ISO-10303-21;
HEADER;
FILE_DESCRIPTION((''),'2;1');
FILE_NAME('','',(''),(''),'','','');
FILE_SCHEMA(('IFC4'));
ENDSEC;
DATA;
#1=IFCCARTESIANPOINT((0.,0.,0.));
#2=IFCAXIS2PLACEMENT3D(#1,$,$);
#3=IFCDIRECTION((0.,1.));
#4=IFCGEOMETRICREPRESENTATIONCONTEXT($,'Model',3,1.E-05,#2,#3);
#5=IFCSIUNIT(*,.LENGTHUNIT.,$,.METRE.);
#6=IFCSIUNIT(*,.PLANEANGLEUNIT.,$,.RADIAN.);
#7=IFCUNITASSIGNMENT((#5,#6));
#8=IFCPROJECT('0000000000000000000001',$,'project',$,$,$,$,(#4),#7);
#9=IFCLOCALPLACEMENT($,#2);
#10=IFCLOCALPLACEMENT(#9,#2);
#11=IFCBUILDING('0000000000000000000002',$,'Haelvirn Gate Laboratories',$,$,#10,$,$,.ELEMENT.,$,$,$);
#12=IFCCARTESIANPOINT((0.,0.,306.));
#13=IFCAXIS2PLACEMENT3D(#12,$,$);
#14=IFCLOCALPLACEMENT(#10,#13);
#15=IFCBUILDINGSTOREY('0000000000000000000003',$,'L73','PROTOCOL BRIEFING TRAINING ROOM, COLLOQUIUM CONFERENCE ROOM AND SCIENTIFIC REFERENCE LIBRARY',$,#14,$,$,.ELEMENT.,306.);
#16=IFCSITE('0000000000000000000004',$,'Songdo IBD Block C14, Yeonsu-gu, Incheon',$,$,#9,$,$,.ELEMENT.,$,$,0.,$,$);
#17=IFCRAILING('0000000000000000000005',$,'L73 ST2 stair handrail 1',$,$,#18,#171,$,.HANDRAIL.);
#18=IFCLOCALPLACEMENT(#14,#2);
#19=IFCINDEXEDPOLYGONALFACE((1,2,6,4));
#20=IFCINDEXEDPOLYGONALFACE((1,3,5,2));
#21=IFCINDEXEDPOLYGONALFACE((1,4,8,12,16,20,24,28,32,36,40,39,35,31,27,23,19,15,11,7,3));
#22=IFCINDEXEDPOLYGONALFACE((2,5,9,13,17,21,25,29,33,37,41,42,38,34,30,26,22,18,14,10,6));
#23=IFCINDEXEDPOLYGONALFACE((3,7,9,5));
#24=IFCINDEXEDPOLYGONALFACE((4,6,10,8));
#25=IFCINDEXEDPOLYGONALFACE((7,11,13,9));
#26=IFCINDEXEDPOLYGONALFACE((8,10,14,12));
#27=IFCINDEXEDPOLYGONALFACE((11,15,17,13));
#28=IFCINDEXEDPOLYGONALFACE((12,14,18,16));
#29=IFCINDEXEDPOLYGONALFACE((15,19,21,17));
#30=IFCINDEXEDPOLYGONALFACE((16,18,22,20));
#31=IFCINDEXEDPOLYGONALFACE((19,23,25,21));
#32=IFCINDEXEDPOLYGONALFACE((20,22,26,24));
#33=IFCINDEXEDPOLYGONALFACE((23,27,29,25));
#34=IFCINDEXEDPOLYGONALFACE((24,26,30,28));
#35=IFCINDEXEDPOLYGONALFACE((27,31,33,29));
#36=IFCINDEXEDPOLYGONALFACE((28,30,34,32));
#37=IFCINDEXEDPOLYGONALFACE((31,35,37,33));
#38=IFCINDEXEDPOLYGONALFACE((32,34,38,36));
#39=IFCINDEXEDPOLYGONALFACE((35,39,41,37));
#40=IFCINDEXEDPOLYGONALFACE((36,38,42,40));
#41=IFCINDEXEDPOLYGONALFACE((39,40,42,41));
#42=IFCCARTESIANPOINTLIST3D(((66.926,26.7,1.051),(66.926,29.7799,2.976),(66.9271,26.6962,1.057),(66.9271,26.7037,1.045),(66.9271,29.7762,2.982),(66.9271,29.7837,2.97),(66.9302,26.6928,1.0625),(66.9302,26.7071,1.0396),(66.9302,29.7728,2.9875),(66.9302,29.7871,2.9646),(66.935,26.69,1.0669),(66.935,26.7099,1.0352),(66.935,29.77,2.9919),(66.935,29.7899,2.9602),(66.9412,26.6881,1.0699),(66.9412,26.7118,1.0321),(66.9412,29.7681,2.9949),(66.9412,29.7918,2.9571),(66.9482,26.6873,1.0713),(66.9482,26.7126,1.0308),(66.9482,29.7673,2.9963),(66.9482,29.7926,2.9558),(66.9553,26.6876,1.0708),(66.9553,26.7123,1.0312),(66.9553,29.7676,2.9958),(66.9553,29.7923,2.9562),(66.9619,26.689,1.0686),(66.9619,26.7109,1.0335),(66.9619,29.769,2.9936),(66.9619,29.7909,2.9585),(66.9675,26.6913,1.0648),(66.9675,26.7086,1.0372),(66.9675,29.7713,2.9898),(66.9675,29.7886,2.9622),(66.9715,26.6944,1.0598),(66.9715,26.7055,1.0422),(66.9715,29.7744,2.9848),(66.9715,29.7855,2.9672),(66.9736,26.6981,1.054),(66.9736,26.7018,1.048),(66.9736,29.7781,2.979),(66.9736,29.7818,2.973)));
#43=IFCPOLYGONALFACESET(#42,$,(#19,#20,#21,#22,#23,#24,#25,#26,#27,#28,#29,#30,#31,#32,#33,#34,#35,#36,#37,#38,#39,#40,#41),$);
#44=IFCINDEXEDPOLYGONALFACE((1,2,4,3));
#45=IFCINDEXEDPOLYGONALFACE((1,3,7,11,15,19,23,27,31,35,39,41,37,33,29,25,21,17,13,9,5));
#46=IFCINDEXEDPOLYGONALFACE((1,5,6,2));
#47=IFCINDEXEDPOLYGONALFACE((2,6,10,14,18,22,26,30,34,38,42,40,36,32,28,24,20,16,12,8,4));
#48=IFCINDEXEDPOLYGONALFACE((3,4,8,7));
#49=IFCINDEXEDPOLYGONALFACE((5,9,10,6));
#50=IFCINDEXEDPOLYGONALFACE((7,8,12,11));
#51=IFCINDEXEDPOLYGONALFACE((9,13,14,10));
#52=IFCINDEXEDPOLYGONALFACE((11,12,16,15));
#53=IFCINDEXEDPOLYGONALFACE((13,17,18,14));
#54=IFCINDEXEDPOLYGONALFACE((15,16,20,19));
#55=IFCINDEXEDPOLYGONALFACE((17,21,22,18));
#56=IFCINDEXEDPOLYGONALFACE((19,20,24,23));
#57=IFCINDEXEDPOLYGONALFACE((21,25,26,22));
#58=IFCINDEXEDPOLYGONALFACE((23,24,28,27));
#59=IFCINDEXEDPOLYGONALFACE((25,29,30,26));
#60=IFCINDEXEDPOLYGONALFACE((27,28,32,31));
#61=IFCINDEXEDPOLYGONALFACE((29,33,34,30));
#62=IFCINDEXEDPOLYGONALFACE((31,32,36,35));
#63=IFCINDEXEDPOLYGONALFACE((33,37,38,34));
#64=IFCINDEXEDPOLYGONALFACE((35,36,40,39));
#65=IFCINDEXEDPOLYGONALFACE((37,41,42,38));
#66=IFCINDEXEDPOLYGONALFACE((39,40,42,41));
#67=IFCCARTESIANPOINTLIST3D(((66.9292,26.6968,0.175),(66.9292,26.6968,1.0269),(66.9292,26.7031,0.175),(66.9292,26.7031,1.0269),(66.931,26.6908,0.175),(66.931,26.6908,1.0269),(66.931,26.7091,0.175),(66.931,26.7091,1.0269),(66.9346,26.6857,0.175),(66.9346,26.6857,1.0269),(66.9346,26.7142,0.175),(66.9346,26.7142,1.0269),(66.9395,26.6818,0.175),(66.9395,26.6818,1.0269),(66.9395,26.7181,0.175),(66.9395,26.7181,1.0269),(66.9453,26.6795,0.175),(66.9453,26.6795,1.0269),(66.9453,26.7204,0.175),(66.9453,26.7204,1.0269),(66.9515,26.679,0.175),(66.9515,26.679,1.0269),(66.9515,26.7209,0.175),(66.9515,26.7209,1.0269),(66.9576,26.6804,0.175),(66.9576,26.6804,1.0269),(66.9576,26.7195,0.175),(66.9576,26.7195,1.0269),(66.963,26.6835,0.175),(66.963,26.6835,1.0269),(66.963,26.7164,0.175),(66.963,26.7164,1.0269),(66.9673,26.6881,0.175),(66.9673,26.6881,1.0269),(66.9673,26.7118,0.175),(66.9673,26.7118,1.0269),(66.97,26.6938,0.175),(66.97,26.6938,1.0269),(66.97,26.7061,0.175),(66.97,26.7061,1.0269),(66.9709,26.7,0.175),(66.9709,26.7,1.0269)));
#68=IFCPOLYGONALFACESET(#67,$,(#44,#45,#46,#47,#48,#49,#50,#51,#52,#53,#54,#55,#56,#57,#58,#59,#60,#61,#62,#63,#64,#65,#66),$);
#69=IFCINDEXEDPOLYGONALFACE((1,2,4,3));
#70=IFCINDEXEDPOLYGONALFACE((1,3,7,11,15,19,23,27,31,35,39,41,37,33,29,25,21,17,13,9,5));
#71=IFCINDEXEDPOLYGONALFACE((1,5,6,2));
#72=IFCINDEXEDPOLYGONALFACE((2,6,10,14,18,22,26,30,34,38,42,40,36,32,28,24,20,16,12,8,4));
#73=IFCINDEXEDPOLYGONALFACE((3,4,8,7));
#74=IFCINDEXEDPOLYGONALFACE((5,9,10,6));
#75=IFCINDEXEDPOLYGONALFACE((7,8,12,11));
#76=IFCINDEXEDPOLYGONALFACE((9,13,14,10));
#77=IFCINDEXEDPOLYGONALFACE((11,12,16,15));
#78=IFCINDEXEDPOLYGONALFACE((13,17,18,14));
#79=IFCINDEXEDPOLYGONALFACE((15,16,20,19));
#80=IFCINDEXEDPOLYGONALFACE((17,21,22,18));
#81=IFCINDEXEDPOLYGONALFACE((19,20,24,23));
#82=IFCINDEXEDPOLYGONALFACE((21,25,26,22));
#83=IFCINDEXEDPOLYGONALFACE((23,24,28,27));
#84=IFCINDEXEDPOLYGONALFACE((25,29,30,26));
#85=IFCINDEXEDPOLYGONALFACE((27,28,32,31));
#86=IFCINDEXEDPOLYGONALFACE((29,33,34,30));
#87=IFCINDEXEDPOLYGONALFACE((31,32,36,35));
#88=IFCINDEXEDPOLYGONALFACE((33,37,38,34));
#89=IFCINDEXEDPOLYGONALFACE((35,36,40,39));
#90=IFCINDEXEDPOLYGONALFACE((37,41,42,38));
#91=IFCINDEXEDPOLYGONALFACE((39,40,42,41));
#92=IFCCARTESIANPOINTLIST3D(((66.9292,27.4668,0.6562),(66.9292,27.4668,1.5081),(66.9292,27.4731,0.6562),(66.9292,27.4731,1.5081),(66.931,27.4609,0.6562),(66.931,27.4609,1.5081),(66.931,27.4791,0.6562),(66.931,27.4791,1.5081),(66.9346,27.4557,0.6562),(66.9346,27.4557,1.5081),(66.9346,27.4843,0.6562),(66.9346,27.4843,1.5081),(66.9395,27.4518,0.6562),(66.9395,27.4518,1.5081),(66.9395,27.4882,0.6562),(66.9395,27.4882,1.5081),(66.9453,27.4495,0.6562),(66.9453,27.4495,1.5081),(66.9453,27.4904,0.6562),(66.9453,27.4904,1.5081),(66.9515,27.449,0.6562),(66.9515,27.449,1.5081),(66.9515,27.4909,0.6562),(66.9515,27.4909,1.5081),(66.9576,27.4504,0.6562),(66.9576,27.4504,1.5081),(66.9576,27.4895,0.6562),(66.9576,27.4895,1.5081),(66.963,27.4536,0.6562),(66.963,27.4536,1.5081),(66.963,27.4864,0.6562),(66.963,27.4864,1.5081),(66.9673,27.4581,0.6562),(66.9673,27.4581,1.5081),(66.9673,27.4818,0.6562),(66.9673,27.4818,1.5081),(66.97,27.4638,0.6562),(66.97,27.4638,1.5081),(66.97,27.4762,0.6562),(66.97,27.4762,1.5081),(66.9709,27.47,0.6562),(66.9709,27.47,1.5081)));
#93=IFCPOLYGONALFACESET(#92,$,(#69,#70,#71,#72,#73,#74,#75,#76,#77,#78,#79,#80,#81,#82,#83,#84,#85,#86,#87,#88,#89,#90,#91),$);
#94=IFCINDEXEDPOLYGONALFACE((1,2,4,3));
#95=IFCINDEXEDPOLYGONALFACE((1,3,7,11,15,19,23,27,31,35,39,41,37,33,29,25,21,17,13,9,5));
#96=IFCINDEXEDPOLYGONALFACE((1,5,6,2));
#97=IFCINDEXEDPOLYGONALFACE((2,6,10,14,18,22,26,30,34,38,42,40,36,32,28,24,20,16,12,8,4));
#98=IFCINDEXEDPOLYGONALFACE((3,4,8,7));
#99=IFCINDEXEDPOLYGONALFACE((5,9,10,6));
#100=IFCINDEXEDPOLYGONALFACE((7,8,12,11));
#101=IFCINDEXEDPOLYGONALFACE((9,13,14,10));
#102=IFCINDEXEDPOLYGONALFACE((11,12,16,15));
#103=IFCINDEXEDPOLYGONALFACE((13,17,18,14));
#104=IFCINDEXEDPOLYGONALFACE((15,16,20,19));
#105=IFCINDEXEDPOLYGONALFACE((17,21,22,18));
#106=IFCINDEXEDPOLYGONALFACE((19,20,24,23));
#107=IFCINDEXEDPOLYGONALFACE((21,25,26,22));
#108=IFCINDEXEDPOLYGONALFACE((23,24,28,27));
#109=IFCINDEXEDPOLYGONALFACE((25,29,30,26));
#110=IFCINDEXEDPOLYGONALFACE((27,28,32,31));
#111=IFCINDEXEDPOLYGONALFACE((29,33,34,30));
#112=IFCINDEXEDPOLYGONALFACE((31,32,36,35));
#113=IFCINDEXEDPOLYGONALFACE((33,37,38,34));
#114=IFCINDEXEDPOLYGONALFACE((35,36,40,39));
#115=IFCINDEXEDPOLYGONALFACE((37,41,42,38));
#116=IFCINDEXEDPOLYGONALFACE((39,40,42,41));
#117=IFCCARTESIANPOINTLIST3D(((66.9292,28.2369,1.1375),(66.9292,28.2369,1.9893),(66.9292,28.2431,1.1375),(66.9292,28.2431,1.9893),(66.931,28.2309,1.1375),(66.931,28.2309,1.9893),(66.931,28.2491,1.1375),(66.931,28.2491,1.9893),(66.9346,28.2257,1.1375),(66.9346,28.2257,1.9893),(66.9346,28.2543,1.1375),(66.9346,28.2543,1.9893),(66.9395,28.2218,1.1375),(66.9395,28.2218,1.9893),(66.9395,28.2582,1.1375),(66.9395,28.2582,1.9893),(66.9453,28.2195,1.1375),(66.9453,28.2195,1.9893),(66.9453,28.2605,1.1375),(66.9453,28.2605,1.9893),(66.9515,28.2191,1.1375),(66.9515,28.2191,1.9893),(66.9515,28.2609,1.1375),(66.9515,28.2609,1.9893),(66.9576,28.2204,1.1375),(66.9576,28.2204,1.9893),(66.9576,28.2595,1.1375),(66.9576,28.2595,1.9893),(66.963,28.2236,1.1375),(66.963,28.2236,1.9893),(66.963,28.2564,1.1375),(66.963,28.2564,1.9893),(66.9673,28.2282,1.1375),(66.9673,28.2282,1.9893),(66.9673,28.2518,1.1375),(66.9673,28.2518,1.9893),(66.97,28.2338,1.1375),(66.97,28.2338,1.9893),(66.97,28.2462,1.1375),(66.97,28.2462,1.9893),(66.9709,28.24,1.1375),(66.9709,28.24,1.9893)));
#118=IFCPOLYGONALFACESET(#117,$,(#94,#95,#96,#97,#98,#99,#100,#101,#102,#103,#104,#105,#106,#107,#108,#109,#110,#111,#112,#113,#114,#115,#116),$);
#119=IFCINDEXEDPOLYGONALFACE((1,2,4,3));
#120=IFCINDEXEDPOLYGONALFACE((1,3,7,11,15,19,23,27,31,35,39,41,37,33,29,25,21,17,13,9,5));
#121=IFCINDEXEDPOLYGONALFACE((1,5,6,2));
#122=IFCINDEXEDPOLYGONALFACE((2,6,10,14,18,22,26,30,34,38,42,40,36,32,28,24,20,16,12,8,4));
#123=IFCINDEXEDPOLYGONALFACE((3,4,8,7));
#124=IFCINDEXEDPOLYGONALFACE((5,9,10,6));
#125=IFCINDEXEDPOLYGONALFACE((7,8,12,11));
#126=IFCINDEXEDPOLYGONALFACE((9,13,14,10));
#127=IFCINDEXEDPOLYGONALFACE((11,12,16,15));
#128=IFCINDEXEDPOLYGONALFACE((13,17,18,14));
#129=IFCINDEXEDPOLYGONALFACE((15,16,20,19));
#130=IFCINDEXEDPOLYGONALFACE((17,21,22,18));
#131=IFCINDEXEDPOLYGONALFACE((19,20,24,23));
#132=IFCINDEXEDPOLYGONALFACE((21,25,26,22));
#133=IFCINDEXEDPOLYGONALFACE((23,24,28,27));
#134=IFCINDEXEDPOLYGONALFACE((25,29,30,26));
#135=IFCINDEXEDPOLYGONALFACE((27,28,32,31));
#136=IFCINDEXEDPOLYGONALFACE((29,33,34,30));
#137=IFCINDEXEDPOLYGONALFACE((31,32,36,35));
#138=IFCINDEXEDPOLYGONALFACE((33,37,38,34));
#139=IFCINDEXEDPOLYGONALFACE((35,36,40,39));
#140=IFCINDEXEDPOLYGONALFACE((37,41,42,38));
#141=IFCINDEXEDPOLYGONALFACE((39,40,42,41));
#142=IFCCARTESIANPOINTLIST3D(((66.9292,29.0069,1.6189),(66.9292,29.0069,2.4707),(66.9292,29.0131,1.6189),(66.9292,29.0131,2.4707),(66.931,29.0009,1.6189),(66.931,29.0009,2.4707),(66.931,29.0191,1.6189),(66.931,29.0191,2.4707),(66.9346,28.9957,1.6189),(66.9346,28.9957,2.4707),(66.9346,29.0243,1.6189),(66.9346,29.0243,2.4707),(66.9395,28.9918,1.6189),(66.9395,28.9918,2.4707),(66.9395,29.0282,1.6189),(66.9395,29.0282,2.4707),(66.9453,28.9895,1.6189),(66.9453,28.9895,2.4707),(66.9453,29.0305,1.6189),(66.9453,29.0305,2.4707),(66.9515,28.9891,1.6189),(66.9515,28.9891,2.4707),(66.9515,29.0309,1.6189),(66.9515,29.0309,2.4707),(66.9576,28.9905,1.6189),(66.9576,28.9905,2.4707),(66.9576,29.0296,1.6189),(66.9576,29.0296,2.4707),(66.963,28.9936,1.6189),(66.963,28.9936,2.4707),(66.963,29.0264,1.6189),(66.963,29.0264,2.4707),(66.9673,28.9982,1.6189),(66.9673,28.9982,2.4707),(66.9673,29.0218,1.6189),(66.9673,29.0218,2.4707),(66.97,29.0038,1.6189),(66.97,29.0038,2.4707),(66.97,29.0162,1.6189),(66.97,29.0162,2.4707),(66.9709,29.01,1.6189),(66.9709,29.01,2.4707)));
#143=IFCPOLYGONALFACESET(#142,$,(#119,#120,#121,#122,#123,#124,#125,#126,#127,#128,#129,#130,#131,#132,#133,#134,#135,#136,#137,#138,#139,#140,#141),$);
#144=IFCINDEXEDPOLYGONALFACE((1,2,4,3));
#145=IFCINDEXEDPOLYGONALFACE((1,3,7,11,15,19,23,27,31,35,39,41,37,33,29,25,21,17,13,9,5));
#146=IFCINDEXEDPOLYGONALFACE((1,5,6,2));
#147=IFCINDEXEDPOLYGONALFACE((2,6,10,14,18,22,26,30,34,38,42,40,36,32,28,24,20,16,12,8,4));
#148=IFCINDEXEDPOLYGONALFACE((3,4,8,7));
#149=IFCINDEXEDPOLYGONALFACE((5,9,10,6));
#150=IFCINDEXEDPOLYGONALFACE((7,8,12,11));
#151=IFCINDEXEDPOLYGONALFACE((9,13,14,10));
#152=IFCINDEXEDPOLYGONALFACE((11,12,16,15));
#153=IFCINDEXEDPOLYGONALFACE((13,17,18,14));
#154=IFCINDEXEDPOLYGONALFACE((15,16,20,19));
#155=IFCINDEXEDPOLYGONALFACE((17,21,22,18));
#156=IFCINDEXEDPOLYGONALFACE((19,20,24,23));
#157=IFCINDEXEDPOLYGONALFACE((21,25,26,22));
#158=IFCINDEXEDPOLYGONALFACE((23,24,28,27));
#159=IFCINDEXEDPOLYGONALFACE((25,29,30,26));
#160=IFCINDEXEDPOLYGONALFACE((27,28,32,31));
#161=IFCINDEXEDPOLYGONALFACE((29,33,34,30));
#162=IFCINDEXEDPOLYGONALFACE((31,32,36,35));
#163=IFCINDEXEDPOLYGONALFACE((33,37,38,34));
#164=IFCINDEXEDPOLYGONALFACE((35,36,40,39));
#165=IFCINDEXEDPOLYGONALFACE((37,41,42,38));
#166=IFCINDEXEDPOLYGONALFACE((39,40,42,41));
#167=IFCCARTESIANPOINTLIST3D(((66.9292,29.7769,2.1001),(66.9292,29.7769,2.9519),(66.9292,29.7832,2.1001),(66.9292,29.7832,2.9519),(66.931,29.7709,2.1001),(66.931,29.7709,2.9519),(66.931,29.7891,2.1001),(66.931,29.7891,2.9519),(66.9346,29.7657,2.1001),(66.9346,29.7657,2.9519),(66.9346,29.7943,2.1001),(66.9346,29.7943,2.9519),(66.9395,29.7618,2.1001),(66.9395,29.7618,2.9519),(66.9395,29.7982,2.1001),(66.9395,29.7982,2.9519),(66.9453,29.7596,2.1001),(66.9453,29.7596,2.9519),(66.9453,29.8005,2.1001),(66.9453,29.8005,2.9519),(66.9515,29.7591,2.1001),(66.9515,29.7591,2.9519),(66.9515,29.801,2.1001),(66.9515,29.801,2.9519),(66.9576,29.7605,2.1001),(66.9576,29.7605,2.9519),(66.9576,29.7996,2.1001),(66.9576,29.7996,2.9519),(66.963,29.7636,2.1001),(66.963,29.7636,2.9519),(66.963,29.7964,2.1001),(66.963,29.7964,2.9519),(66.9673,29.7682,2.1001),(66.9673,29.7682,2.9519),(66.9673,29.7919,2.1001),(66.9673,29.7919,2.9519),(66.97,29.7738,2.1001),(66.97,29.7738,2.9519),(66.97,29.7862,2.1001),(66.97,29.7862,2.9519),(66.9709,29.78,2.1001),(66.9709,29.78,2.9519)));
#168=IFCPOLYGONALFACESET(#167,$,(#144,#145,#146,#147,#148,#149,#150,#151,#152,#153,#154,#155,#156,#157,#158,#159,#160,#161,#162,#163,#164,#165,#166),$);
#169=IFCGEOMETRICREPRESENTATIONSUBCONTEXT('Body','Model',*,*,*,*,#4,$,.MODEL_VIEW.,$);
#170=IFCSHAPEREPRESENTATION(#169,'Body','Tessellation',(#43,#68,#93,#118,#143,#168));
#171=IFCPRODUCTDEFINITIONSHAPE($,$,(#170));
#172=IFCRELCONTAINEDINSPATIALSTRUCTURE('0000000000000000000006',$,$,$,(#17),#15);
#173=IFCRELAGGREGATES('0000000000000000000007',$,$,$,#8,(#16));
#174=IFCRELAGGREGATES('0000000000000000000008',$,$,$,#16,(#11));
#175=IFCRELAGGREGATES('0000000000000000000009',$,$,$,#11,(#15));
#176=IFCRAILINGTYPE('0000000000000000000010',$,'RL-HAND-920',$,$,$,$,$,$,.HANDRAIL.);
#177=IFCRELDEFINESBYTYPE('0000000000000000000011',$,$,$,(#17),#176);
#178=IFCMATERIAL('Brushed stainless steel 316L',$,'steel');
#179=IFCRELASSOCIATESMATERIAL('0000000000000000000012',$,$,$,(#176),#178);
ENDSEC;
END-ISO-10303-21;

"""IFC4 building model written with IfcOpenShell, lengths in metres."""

from ifc_helpers import new_model, si_unit, direction, frame, origin, origin_2d, place, context, subcontext, project, spatial, circle, extrude, source, transform, mapped, material, type_object, element, save


model = new_model("IFC4")

# Units and contexts
model_context = context("Model", 3, precision=1e-05, world=origin(), true_north=direction((0.0, 1.0)))
body_context = subcontext(model_context, "Body", "Model", "MODEL_VIEW")
ifc_project = project(units=[si_unit("LENGTHUNIT", "METRE"), si_unit("PLANEANGLEUNIT", "RADIAN")], contexts=[model_context])

# Site, building, storey
site_placement = place(None, origin())
site = spatial("IfcSite", under=ifc_project, at=site_placement, Name="Songdo IBD Block C14, Yeonsu-gu, Incheon", CompositionType="ELEMENT", RefElevation=0.0)
building_placement = place(site_placement, origin())
building = spatial("IfcBuilding", under=site, at=building_placement, Name="Haelvirn Gate Laboratories", CompositionType="ELEMENT")
storey_placement = place(building_placement, frame((0.0, 0.0, 306.0)))
storey = spatial("IfcBuildingStorey", under=building, at=storey_placement, Name="L73", Description="PROTOCOL BRIEFING TRAINING ROOM, COLLOQUIUM CONFERENCE ROOM AND SCIENTIFIC REFERENCE LIBRARY", CompositionType="ELEMENT", Elevation=306.0)

# Railing
ifc_material_1 = material(Name="Brushed stainless steel 316L", Category="steel")
railing_type_1 = type_object("IfcRailingType", Name="RL-HAND-920", PredefinedType="HANDRAIL", material=ifc_material_1)
shared_shape_1 = source(origin(), body_context, "Body", "SweptSolid", [
    extrude(circle(Radius=0.0239, at=origin_2d()), frame((0.0, 0.0, 0.876), z_axis=(0.0, 0.847998, 0.529999), x_axis=(-1.0, 0.0, 0.0)), (0.0, 0.0, 1.0), 3.6321),
    extrude(circle(Radius=0.021, at=origin_2d()), origin(), (0.0, 0.0, 1.0), 0.8518),
    extrude(circle(Radius=0.021, at=origin_2d()), frame((0.0, 0.77, 0.4812)), (0.0, 0.0, 1.0), 0.8518),
    extrude(circle(Radius=0.021, at=origin_2d()), frame((0.0, 1.54, 0.9624)), (0.0, 0.0, 1.0), 0.8518),
    extrude(circle(Radius=0.021, at=origin_2d()), frame((0.0, 2.3101, 1.4438)), (0.0, 0.0, 1.0), 0.8518),
    extrude(circle(Radius=0.021, at=origin_2d()), frame((0.0, 3.0801, 1.925)), (0.0, 0.0, 1.0), 0.8518),
])
railing_1_placement = place(storey_placement, frame((66.95, 26.7, 0.175)))
element("IfcRailing", 1, at=railing_1_placement, inside=storey, type_object=railing_type_1, Name="L73 ST2 stair handrail 1", PredefinedType="HANDRAIL", context=body_context, shape_type="MappedRepresentation", body=[
    mapped(shared_shape_1, transform((0.0, 0.0, 0.0), scale=1.0)),
])

save(model, "model.ifc")
